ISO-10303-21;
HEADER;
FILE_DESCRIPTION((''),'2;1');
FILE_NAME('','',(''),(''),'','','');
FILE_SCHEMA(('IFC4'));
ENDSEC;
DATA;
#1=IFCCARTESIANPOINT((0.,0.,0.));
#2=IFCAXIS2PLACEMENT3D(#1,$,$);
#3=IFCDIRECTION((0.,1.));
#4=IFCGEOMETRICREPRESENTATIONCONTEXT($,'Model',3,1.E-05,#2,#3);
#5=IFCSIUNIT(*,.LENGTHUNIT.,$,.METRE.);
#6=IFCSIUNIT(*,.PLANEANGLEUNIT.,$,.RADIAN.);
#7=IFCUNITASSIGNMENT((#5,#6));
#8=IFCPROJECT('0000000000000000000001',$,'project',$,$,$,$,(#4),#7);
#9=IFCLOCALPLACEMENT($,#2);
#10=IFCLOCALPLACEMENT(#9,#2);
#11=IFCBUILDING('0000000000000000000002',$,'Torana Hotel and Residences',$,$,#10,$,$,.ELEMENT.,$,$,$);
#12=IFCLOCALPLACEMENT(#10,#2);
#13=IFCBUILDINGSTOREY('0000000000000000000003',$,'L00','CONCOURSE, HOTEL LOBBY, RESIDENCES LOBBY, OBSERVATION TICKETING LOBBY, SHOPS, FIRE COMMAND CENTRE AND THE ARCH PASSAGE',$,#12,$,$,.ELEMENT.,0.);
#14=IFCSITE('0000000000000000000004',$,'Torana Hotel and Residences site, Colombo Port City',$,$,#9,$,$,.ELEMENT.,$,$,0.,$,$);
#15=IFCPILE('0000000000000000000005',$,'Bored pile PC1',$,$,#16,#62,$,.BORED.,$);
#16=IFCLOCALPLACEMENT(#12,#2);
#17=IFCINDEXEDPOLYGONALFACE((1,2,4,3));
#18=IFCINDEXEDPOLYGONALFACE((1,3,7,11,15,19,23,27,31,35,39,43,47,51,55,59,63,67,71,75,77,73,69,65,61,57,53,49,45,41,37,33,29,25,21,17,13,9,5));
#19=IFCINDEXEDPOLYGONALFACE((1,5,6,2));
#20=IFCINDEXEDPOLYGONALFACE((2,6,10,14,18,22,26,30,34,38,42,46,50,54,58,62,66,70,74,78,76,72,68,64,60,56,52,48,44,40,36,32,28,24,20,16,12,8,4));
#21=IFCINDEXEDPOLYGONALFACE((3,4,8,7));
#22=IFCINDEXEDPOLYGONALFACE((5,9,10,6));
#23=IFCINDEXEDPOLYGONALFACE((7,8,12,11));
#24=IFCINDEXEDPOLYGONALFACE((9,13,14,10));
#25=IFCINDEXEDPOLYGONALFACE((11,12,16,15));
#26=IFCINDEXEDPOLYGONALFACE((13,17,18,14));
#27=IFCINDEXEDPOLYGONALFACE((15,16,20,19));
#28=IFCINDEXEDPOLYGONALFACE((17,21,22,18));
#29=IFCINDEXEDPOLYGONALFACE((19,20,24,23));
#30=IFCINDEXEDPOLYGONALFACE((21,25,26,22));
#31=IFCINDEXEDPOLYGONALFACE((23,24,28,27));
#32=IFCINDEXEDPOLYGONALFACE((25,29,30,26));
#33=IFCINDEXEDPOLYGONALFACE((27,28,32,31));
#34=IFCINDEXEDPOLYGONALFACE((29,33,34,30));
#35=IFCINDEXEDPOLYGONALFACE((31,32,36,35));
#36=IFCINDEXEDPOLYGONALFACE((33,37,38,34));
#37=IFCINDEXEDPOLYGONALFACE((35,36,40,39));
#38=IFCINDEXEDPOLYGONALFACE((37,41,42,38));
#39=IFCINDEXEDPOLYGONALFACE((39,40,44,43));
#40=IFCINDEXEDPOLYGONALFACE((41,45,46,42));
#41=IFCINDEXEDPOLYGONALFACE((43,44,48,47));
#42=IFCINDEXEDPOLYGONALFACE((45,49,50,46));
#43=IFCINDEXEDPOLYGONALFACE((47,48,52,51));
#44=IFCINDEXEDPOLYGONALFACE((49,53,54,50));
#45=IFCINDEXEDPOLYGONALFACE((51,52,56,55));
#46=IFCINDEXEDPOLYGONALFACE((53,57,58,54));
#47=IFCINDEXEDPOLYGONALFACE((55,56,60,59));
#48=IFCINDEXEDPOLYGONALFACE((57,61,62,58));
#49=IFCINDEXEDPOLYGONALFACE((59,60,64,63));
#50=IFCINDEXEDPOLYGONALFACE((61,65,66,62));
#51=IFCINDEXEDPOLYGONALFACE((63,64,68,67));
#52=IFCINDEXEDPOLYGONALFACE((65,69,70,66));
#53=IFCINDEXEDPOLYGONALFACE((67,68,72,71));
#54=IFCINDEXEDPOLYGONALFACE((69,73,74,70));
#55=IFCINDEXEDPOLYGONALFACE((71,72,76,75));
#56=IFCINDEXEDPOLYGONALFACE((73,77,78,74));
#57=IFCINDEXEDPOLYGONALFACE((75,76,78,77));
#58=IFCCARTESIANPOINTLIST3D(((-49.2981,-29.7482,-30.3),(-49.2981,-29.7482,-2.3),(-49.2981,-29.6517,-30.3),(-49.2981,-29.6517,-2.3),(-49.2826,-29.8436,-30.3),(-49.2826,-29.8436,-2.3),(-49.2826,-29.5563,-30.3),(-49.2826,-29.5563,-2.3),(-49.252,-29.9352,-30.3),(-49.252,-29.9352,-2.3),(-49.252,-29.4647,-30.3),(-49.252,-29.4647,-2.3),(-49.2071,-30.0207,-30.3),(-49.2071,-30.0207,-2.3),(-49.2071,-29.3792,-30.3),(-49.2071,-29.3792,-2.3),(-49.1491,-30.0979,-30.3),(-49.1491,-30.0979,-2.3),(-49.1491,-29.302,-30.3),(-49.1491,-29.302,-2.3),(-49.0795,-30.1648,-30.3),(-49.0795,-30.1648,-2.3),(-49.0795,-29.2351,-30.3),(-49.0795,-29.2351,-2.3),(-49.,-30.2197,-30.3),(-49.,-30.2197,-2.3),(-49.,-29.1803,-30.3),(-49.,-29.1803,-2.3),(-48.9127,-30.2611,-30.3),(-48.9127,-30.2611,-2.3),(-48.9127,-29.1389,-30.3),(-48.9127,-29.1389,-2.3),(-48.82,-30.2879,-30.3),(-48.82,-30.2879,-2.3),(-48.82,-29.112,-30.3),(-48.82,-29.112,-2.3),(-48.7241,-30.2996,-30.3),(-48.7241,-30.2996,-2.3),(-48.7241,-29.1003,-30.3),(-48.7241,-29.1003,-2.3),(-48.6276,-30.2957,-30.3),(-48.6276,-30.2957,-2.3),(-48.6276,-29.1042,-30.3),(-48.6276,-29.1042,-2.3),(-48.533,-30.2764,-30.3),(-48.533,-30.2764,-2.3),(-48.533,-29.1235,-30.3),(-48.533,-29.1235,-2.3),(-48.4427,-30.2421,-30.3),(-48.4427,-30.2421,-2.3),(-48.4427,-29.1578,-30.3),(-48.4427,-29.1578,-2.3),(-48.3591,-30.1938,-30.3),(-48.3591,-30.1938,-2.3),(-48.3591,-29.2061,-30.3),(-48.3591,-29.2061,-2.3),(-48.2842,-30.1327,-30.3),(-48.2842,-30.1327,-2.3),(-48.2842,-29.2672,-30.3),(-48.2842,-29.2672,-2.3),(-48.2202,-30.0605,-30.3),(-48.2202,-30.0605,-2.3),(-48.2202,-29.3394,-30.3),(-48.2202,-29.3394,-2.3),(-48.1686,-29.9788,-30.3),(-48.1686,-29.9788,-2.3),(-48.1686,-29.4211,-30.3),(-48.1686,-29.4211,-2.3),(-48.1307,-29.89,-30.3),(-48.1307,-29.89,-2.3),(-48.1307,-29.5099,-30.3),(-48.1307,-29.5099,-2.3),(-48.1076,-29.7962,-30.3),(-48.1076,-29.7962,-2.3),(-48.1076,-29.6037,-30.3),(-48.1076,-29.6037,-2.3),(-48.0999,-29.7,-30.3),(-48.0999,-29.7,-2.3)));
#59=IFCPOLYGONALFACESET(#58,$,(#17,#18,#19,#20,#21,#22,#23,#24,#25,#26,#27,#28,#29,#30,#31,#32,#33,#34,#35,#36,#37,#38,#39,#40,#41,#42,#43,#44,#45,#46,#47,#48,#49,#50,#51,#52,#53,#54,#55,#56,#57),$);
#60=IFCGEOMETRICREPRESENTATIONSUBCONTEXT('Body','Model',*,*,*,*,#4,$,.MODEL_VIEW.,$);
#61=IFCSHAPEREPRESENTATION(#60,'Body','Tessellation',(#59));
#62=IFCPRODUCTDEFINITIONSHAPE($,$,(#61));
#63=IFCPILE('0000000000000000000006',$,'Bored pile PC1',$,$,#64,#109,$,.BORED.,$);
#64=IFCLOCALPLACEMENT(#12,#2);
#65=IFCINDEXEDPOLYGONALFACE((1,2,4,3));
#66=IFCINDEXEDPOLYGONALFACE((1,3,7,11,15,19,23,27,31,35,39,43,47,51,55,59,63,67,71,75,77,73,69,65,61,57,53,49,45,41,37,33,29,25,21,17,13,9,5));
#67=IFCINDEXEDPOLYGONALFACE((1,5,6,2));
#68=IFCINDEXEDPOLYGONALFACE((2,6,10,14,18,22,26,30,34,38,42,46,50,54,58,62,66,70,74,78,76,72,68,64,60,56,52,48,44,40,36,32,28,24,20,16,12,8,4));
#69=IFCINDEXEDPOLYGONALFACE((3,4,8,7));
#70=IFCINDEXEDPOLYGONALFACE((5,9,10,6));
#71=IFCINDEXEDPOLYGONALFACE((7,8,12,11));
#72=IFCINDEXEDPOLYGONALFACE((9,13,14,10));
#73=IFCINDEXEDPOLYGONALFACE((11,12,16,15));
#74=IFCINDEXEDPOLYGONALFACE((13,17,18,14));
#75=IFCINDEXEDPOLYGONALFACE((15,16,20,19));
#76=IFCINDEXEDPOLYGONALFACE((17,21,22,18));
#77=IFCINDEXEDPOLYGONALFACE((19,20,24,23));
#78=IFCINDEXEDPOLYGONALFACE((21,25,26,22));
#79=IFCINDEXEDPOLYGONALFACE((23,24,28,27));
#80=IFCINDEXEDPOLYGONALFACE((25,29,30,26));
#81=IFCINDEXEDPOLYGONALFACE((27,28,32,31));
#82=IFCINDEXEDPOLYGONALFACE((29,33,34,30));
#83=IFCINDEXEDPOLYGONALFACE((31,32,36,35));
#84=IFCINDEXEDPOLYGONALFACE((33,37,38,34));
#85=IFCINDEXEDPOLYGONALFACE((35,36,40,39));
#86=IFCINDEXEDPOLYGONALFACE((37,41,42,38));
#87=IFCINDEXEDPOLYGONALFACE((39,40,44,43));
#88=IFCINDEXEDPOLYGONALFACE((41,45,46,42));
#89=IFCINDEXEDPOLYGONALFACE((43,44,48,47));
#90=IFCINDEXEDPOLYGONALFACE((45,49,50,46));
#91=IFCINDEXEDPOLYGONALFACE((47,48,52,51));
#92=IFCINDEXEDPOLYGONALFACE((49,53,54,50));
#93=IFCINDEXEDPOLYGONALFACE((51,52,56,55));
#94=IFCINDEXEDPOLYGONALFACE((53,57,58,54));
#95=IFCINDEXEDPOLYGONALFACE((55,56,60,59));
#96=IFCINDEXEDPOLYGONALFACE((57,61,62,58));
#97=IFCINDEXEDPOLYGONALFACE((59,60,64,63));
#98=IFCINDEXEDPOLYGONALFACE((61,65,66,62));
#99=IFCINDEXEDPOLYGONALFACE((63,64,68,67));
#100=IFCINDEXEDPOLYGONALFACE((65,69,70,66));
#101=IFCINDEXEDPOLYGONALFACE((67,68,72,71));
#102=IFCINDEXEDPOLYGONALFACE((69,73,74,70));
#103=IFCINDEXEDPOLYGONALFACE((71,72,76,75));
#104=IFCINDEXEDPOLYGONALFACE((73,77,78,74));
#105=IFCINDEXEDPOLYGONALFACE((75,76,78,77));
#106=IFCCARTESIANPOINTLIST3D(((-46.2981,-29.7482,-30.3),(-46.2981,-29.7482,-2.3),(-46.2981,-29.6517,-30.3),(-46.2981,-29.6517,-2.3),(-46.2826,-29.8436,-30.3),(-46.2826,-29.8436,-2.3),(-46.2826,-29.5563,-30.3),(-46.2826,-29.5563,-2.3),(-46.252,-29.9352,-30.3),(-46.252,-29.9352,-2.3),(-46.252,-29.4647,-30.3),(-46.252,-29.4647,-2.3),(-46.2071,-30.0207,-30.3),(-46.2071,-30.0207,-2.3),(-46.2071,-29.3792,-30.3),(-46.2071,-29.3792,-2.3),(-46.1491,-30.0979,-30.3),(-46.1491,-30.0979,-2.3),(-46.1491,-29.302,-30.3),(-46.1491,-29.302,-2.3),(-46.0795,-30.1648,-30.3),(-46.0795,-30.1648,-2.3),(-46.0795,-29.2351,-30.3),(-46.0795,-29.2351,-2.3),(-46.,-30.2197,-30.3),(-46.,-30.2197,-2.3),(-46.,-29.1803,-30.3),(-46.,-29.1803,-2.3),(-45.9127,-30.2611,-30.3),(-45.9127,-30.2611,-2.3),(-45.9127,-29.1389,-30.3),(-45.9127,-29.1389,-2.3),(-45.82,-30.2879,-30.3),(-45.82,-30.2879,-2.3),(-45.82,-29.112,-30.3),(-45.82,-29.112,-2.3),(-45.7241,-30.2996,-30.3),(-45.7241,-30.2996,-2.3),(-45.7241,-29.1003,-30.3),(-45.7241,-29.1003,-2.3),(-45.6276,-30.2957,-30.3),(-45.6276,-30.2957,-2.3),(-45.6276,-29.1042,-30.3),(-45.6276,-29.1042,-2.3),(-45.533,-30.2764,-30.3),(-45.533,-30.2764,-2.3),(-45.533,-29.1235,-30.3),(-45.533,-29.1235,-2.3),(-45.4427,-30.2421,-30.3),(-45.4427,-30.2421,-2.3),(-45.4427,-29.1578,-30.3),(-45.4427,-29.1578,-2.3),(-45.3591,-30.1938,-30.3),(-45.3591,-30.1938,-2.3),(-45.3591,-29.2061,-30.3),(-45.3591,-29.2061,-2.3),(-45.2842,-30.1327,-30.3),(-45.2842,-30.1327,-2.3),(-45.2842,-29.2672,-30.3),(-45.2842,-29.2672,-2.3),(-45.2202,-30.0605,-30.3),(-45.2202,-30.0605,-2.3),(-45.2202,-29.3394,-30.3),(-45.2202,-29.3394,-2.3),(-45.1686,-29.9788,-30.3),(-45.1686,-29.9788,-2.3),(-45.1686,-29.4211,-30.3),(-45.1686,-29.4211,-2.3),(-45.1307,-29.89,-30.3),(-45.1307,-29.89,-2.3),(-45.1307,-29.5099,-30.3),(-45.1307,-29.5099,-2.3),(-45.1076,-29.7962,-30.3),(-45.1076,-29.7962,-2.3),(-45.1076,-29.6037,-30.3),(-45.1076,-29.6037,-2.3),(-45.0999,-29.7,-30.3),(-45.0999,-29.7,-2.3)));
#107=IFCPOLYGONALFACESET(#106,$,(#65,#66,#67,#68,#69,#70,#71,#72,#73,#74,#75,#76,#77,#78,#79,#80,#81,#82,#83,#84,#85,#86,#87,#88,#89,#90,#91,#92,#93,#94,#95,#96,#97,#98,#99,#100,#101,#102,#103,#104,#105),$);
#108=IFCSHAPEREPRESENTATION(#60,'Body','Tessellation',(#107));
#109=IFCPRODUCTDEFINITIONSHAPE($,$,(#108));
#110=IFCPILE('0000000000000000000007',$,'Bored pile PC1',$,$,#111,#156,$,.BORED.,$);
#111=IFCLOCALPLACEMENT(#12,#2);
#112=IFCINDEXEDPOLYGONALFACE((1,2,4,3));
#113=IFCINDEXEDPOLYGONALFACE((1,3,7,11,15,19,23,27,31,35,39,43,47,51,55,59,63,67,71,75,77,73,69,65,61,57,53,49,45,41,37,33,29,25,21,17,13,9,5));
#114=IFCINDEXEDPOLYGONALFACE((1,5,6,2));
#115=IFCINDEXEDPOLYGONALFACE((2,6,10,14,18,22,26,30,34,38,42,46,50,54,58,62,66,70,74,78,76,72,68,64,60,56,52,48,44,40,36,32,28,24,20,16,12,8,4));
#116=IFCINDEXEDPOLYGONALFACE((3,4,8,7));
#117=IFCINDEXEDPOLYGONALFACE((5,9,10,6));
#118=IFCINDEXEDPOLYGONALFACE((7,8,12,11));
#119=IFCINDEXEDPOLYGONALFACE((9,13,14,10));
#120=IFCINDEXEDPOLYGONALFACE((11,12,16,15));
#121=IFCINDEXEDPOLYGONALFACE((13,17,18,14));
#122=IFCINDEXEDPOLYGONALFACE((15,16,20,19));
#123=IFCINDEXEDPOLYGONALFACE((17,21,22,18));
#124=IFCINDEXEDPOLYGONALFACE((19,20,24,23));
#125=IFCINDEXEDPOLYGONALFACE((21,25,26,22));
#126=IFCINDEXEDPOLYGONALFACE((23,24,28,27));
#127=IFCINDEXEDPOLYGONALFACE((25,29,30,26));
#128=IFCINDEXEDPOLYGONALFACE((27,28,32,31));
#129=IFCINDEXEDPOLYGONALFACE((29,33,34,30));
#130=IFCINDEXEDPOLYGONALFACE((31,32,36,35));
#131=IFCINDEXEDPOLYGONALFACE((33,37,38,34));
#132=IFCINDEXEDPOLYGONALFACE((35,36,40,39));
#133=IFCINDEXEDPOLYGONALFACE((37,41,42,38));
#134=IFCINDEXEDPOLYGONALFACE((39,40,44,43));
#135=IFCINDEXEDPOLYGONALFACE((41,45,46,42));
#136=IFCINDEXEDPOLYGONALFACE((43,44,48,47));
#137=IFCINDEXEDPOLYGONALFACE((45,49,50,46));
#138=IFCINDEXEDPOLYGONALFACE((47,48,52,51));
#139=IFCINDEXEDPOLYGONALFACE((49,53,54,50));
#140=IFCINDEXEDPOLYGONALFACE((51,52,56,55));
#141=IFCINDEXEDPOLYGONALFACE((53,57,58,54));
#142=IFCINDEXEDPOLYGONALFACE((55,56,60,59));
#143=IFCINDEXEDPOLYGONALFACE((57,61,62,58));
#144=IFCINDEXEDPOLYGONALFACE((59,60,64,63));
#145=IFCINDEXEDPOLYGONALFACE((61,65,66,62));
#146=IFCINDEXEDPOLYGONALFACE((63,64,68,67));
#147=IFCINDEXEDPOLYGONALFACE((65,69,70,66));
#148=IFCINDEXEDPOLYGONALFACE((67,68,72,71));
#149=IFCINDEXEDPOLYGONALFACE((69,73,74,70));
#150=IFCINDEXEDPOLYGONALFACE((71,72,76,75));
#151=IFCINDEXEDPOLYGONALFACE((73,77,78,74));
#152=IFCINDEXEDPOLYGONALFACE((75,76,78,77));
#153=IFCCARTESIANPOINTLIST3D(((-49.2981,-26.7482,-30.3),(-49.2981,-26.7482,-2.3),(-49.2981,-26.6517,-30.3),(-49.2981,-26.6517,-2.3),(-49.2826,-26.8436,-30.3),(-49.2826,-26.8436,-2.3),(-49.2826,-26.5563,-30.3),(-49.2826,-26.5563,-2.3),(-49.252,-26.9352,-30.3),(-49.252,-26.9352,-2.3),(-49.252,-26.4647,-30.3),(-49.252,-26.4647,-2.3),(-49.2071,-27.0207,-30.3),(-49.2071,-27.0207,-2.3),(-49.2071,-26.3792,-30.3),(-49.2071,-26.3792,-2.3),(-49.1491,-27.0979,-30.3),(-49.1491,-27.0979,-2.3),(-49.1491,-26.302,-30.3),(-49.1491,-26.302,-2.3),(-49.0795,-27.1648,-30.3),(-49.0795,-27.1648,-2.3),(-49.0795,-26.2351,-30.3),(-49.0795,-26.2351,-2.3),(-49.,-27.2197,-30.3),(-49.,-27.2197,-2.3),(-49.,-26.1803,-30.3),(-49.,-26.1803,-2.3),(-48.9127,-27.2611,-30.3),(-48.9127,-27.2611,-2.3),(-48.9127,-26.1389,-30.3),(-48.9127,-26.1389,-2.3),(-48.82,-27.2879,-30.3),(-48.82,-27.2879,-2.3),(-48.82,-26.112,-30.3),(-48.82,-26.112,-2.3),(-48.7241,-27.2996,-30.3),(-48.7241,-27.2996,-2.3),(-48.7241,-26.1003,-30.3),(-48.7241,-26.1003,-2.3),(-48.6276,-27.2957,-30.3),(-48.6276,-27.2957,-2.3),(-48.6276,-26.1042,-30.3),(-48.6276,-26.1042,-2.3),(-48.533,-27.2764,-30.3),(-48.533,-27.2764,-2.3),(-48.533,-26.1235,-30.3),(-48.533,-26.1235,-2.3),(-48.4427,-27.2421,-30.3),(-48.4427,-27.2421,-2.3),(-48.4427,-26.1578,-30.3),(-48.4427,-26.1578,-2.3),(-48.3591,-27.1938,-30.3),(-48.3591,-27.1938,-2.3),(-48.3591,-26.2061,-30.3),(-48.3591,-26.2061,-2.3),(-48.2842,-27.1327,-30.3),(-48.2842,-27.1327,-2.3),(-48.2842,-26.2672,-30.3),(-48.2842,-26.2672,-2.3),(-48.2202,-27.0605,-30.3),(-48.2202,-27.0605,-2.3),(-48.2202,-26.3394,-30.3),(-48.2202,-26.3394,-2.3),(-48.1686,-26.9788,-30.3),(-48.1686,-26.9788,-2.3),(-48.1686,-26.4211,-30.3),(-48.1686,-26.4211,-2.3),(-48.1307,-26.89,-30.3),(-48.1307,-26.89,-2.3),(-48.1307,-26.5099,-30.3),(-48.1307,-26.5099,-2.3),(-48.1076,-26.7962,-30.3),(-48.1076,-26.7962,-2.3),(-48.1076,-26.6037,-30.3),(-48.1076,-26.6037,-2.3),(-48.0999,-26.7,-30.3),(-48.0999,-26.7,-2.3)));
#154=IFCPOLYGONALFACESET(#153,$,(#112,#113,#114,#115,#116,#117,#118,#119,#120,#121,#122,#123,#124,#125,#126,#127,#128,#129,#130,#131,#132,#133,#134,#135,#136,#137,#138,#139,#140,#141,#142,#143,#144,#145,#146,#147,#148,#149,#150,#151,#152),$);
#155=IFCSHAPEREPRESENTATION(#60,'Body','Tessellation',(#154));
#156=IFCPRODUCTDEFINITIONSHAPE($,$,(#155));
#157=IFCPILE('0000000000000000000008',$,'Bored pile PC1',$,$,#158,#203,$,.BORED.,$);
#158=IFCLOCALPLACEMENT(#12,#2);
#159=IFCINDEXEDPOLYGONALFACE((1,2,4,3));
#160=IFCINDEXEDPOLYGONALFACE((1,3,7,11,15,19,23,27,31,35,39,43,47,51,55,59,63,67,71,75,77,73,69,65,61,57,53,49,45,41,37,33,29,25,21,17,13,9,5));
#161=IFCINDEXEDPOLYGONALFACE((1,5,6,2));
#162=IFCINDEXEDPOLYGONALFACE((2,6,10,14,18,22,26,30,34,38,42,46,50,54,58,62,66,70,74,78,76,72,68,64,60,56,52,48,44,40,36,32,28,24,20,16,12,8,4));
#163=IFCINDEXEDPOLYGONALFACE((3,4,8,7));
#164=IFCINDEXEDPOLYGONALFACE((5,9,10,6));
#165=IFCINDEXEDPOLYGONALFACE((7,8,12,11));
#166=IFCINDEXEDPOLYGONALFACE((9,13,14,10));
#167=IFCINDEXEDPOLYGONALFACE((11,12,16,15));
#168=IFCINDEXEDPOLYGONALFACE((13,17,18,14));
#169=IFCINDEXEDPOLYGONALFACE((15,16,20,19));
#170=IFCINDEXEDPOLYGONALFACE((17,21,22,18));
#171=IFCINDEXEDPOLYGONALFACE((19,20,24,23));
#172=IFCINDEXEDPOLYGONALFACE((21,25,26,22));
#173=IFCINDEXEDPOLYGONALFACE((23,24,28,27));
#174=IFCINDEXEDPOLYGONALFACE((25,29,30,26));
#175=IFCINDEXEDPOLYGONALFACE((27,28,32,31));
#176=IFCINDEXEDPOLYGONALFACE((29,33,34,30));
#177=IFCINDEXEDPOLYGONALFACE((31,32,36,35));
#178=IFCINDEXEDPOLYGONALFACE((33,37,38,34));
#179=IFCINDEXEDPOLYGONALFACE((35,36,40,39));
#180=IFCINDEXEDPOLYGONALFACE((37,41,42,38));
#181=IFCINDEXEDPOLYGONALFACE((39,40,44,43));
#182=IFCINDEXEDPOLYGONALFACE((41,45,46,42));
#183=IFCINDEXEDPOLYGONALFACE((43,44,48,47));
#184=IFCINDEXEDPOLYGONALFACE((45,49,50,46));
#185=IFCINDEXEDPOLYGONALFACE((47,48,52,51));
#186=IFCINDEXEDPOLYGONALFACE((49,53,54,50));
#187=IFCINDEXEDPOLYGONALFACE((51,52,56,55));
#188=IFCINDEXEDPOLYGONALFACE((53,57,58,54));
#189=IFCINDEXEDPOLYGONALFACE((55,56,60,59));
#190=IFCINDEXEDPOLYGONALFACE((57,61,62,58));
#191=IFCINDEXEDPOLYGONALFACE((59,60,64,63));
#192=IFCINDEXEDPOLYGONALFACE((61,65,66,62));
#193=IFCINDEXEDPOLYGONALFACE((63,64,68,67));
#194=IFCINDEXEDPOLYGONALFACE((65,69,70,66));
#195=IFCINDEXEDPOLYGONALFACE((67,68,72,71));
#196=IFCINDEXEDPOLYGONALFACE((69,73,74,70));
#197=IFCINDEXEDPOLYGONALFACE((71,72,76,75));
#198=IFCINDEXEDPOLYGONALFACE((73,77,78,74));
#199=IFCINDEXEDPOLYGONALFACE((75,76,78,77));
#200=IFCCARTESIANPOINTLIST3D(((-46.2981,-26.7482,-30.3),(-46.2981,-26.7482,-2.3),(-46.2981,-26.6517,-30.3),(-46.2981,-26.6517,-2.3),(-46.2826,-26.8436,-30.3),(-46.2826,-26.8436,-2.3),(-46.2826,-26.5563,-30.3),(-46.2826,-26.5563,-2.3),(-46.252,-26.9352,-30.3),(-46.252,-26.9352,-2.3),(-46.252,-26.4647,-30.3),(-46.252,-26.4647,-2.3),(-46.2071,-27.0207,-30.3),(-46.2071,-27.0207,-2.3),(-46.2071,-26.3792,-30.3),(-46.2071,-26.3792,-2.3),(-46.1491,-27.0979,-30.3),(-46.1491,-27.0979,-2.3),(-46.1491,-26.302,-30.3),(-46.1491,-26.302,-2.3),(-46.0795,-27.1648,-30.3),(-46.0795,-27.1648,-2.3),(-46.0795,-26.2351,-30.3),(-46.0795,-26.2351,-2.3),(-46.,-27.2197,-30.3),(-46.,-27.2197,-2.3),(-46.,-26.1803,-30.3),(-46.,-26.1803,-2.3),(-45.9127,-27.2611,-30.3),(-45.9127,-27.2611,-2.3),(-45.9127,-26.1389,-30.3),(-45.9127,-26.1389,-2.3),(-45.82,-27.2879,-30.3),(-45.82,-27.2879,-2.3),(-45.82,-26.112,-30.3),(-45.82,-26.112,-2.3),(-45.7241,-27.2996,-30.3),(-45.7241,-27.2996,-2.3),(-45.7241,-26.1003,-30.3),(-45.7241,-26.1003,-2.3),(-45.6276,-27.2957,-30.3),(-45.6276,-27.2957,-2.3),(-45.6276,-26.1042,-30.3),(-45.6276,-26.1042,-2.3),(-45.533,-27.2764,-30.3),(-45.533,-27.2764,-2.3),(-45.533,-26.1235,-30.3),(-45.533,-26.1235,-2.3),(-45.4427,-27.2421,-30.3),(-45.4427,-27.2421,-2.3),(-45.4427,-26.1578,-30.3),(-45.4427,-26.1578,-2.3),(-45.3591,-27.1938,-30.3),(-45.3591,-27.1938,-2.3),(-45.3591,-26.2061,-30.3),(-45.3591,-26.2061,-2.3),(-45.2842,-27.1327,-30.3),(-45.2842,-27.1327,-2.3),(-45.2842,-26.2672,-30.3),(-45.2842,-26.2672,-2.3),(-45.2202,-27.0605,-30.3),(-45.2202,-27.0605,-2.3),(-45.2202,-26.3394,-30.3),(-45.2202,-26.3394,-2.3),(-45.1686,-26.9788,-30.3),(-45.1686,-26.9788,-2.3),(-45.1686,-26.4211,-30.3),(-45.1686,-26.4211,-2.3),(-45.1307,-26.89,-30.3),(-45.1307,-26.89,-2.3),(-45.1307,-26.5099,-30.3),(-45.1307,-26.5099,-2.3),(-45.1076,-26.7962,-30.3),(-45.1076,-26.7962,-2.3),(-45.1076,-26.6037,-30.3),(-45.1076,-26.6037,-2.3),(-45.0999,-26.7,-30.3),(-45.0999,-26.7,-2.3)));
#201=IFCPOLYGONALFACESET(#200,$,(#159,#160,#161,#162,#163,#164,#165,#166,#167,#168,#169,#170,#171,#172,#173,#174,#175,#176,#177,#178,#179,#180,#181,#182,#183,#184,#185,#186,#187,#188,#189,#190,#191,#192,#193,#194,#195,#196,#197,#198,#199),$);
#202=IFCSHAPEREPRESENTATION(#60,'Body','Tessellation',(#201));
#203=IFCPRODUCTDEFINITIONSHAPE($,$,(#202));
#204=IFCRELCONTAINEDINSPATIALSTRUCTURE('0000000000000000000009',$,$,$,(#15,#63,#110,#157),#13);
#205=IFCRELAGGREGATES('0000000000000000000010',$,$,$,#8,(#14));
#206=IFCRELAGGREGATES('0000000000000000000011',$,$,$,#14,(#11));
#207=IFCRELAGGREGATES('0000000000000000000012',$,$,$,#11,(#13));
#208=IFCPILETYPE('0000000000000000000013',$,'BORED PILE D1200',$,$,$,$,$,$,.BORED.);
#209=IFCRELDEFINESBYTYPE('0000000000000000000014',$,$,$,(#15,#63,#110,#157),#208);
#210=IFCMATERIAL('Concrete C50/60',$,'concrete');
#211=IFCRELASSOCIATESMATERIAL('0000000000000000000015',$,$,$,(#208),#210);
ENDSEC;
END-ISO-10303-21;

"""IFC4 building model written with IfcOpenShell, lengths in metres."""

from ifc_helpers import new_model, si_unit, direction, frame, origin, origin_2d, place, context, subcontext, project, spatial, circle, extrude, material, type_object, element, save


model = new_model("IFC4")

# Units and contexts
model_context = context("Model", 3, precision=1e-05, world=origin(), true_north=direction((0.0, 1.0)))
body_context = subcontext(model_context, "Body", "Model", "MODEL_VIEW")
ifc_project = project(units=[si_unit("LENGTHUNIT", "METRE"), si_unit("PLANEANGLEUNIT", "RADIAN")], contexts=[model_context])

# Site, building, storey
site_placement = place(None, origin())
site = spatial("IfcSite", under=ifc_project, at=site_placement, Name="Torana Hotel and Residences site, Colombo Port City", CompositionType="ELEMENT", RefElevation=0.0)
building_placement = place(site_placement, origin())
building = spatial("IfcBuilding", under=site, at=building_placement, Name="Torana Hotel and Residences", CompositionType="ELEMENT")
storey_placement = place(building_placement, origin())
storey = spatial("IfcBuildingStorey", under=building, at=storey_placement, Name="L00", Description="CONCOURSE, HOTEL LOBBY, RESIDENCES LOBBY, OBSERVATION TICKETING LOBBY, SHOPS, FIRE COMMAND CENTRE AND THE ARCH PASSAGE", CompositionType="ELEMENT", Elevation=0.0)

# Piles
ifc_material_1 = material(Name="Concrete C50/60", Category="concrete")
pile_type = type_object("IfcPileType", Name="BORED PILE D1200", PredefinedType="BORED", material=ifc_material_1)
for number, where, z_axis, x_axis, name in (
    (1, (-48.7, -29.7, -2.3), (0.0, 0.0, -1.0), (1.0, 0.0, 0.0), "Bored pile PC1"),
    (2, (-45.7, -29.7, -2.3), (0.0, 0.0, -1.0), (1.0, 0.0, 0.0), "Bored pile PC1"),
    (3, (-48.7, -26.7, -2.3), (0.0, 0.0, -1.0), (1.0, 0.0, 0.0), "Bored pile PC1"),
    (4, (-45.7, -26.7, -2.3), (0.0, 0.0, -1.0), (1.0, 0.0, 0.0), "Bored pile PC1"),
):
    element("IfcPile", number, at=place(storey_placement, frame(where, z_axis=z_axis, x_axis=x_axis)), inside=storey, type_object=pile_type, Name=name, PredefinedType="BORED", context=body_context, shape_type="SweptSolid", body=[
        extrude(circle(Radius=0.6001, at=origin_2d()), origin(), (0.0, 0.0, 1.0), 28.0),
    ])

save(model, "model.ifc")
